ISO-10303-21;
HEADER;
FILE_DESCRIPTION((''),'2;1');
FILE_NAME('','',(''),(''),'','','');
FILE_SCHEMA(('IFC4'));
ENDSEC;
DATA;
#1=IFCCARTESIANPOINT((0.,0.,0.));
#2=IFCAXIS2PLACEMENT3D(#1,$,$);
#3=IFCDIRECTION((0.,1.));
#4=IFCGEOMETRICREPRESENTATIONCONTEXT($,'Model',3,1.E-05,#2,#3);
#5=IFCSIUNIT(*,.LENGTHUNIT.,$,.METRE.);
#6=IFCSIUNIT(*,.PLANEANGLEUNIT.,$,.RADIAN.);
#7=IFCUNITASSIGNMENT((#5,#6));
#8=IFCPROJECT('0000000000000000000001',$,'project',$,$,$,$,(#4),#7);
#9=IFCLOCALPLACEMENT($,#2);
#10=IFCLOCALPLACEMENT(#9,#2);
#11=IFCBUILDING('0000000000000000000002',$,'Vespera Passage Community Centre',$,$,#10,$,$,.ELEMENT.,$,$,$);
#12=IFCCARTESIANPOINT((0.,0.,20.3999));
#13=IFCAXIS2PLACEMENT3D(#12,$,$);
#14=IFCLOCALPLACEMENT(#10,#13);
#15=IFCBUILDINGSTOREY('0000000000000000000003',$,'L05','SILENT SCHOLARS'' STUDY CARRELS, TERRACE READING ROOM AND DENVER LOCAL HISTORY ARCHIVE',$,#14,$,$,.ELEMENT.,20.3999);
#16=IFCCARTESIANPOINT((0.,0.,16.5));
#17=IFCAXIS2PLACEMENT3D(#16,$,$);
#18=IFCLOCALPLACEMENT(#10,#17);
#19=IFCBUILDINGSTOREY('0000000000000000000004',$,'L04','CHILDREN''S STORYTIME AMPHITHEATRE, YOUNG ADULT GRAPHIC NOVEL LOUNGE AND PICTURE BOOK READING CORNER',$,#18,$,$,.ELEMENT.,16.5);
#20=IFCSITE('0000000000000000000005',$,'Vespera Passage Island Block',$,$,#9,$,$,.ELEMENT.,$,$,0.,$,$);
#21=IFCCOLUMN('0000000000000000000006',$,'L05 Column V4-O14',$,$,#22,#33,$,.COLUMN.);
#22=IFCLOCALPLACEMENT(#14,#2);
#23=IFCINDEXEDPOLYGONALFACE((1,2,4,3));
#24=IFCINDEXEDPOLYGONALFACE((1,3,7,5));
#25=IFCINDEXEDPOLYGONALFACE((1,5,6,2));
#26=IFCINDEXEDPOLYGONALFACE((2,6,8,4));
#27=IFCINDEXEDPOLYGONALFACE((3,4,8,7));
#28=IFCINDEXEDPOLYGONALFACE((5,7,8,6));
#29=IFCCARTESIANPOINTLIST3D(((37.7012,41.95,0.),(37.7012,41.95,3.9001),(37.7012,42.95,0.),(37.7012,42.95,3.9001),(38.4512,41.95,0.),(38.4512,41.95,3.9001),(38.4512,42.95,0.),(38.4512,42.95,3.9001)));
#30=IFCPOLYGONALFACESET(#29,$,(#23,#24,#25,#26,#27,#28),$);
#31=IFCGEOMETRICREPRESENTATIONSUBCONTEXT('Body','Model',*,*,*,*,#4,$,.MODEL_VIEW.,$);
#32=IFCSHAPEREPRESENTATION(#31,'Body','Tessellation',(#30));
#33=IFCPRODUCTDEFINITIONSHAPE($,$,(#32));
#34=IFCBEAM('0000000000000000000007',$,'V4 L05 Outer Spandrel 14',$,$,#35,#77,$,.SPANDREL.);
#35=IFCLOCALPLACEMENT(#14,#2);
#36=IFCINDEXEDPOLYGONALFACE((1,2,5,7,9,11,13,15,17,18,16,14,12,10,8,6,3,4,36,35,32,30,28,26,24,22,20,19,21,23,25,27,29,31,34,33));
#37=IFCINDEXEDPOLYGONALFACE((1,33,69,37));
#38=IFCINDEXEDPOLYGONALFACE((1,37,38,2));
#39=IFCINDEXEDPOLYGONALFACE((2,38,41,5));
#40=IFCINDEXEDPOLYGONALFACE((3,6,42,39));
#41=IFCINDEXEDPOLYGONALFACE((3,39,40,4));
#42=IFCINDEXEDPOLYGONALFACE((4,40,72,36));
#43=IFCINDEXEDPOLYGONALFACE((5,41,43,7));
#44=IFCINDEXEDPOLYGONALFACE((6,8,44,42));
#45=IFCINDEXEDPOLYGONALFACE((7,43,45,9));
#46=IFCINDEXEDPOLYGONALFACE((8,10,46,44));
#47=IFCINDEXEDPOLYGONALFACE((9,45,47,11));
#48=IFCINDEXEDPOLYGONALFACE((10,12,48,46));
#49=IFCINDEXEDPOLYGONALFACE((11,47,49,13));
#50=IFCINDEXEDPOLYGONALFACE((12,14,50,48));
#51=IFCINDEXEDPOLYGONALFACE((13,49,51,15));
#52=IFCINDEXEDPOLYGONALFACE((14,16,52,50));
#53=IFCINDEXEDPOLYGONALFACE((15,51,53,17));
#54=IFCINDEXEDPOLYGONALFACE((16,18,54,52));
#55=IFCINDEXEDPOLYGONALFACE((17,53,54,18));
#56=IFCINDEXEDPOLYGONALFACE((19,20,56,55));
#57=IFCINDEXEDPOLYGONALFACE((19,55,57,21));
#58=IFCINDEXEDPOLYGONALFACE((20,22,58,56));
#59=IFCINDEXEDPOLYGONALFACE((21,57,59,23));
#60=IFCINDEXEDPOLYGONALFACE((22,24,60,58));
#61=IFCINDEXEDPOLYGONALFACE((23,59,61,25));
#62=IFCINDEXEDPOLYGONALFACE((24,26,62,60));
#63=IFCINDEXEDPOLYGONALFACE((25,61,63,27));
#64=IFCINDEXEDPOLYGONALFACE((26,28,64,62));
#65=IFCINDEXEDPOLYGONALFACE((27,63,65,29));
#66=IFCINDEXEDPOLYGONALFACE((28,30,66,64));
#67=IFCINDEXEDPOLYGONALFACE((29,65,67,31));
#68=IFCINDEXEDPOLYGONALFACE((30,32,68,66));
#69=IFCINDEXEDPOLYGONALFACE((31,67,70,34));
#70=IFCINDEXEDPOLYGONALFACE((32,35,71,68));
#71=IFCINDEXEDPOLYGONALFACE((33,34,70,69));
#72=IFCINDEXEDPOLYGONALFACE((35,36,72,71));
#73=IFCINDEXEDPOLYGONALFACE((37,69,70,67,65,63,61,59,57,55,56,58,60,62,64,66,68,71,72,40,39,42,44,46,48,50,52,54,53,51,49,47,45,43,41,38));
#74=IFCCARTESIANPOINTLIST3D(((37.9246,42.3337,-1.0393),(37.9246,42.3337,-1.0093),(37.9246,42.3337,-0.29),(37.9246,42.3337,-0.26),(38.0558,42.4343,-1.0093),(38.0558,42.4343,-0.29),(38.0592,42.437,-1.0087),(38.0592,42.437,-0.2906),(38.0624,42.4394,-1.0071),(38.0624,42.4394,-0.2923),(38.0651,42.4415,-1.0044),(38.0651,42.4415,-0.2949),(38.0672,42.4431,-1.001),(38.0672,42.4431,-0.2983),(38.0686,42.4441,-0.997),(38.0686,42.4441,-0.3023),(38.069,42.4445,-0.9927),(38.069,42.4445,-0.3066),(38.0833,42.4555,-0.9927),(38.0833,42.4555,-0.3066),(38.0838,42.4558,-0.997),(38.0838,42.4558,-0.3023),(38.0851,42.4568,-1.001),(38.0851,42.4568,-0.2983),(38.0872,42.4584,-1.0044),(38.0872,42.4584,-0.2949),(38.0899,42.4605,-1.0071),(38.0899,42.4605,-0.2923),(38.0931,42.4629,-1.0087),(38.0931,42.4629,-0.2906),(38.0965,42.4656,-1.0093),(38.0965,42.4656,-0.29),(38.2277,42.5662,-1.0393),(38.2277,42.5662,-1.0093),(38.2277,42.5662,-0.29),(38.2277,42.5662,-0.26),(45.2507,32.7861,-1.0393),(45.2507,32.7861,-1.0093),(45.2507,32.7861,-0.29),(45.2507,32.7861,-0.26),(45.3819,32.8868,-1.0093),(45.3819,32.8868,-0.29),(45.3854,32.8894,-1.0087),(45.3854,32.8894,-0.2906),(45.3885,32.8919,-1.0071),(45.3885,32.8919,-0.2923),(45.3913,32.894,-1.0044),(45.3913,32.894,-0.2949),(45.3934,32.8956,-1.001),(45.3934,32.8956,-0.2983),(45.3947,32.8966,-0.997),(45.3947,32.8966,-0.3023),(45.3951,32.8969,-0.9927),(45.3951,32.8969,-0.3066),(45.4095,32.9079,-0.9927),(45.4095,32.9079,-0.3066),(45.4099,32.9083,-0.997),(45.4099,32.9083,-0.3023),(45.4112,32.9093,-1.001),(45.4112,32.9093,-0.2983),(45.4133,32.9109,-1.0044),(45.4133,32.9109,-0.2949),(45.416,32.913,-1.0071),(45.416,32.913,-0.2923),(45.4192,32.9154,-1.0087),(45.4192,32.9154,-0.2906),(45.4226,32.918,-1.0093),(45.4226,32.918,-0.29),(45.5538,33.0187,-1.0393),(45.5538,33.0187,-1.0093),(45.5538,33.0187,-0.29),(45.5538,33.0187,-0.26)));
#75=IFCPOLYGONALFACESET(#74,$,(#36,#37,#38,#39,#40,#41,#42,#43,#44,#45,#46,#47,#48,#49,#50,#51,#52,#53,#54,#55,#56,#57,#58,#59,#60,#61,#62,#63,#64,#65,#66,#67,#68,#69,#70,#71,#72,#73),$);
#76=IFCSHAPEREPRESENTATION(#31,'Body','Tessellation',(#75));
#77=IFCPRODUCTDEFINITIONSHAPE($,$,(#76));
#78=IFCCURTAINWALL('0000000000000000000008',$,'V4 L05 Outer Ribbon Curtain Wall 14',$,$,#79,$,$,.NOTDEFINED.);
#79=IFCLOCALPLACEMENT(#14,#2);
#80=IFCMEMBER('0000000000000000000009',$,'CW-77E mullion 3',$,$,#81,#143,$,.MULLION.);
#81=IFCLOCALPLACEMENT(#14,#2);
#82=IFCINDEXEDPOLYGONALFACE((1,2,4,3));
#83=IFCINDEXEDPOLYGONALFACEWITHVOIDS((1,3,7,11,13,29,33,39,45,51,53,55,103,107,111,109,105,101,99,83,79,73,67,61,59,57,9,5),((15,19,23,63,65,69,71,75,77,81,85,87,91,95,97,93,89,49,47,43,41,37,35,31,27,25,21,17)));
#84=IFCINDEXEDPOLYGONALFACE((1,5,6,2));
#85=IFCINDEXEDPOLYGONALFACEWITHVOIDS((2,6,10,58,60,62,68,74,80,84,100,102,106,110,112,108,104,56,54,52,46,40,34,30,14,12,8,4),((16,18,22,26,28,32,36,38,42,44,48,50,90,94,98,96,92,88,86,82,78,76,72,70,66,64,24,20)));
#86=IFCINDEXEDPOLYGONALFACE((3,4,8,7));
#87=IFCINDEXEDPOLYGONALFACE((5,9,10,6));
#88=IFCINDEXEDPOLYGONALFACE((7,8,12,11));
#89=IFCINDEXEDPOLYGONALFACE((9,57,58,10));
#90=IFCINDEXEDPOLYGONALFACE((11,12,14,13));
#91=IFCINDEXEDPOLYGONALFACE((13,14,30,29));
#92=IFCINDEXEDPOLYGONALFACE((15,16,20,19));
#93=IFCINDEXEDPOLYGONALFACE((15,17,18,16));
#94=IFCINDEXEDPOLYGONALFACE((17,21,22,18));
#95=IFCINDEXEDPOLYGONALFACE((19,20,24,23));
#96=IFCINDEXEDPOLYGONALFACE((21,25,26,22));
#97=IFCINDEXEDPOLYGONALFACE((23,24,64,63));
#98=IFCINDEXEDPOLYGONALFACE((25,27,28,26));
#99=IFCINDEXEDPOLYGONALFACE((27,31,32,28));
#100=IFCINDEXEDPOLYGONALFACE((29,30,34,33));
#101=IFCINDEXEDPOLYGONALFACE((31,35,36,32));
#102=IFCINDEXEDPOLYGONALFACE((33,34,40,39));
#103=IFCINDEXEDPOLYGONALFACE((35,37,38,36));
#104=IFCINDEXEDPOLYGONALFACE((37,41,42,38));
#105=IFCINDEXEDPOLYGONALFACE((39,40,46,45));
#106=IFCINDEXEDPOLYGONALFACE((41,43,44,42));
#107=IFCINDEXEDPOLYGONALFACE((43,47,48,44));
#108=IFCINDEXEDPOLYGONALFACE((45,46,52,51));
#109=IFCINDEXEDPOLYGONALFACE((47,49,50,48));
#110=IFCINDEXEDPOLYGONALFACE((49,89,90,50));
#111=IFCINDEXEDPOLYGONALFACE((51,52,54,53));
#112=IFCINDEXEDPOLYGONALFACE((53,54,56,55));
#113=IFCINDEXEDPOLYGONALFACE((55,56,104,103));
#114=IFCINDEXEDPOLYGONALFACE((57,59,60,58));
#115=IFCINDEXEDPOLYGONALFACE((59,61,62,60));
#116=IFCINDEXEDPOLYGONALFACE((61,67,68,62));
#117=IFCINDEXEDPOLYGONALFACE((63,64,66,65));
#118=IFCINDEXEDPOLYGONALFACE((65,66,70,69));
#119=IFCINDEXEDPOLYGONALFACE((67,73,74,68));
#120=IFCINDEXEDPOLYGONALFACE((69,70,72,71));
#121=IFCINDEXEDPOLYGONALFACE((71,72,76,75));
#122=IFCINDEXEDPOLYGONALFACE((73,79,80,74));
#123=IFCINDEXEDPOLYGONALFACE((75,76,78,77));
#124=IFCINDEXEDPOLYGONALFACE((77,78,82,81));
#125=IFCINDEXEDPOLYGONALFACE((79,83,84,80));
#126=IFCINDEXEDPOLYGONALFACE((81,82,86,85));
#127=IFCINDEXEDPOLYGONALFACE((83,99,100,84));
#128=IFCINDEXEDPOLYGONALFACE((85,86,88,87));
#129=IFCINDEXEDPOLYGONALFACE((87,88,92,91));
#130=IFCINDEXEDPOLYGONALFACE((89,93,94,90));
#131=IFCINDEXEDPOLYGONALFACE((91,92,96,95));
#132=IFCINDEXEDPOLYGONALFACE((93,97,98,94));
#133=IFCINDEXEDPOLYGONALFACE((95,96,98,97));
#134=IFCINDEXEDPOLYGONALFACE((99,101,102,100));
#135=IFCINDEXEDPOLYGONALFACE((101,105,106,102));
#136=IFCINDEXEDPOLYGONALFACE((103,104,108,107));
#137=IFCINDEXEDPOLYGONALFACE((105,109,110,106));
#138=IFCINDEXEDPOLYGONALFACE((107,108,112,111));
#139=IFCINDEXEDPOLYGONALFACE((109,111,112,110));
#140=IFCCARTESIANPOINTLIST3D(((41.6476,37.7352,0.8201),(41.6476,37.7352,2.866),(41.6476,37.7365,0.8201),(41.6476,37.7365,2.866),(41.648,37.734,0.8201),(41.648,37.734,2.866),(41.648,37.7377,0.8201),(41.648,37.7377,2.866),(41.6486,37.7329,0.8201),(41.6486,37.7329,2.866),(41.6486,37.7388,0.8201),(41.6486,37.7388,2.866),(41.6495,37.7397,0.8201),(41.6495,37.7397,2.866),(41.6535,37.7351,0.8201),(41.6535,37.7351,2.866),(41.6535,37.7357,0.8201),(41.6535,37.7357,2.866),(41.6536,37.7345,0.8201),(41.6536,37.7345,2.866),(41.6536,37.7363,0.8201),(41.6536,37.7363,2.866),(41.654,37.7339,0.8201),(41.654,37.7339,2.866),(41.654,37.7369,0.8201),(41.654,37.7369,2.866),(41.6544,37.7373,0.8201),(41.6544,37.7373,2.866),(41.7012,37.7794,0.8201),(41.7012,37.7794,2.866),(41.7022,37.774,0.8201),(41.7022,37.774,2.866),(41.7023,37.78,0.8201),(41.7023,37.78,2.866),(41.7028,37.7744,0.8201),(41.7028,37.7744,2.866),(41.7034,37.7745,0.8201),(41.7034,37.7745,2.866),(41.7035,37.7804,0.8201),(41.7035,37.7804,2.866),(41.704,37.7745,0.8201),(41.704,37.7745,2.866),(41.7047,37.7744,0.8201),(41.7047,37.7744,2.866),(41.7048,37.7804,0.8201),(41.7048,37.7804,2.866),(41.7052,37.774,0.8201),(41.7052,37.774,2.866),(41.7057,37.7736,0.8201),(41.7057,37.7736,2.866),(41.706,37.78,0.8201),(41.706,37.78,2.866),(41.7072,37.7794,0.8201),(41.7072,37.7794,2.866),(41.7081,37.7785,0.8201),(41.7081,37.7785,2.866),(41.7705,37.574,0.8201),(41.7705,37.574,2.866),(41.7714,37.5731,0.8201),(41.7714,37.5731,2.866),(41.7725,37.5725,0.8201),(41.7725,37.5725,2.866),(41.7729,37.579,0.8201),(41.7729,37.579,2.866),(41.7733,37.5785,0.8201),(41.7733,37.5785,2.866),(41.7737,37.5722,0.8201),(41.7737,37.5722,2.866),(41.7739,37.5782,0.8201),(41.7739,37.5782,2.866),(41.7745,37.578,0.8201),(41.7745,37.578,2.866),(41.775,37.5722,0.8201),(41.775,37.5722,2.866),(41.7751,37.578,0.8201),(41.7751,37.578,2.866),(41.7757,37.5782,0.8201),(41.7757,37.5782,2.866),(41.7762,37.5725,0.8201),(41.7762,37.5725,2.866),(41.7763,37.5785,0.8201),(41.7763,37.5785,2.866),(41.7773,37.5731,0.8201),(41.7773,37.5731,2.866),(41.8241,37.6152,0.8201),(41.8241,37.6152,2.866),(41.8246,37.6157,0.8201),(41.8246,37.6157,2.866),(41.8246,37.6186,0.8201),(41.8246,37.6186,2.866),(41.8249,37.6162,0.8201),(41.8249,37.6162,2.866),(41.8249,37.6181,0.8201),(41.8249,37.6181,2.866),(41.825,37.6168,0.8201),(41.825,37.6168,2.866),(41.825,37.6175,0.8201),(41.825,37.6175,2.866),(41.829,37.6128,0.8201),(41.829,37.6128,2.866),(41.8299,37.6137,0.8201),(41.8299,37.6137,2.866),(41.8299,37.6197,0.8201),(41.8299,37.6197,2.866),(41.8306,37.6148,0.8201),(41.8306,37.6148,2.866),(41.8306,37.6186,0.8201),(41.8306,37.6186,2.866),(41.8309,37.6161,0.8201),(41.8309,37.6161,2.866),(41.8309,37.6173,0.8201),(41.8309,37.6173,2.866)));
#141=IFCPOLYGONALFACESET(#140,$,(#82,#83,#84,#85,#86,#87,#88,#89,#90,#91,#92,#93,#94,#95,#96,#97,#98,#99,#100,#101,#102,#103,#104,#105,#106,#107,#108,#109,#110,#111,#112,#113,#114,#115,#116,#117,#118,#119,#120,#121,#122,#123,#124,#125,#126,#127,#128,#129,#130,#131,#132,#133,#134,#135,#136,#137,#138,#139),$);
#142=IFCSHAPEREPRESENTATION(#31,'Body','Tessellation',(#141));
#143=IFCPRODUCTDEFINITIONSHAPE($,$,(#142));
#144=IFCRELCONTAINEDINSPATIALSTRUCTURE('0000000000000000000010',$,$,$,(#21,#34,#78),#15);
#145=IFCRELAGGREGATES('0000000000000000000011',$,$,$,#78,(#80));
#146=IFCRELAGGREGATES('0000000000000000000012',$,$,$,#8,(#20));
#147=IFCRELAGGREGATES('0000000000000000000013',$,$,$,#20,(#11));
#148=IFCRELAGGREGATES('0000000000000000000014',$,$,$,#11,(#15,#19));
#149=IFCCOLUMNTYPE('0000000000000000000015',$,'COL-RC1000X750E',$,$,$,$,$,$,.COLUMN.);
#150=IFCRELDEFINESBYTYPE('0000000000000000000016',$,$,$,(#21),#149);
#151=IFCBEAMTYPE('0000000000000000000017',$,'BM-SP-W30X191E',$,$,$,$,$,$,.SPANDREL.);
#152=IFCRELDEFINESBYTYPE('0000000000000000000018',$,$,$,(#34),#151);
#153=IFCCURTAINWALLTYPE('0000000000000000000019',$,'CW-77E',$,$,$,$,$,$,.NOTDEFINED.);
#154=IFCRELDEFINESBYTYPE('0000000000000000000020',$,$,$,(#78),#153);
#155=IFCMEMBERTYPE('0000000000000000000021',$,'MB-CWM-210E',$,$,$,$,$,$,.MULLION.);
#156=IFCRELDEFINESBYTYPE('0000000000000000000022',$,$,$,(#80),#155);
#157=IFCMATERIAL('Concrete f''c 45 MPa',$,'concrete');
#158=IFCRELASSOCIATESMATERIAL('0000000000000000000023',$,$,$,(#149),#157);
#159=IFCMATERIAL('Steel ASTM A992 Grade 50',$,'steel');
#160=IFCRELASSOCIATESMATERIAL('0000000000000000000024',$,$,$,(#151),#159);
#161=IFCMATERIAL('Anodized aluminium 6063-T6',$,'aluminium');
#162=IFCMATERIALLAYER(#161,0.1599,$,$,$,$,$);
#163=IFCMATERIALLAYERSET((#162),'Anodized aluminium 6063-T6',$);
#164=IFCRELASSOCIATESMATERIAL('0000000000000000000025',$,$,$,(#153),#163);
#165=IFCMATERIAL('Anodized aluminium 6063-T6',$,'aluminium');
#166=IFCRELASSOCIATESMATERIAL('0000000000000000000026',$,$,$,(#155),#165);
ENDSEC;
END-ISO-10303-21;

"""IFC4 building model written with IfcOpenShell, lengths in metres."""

from ifc_helpers import new_model, si_unit, direction, frame, origin, origin_2d, place, context, subcontext, project, spatial, rectangle, hollow_rectangle, i_section, extrude, material, layer, layer_set, material_profile, profile_set, type_object, element, aggregate, save


model = new_model("IFC4")

# Units and contexts
model_context = context("Model", 3, precision=1e-05, world=origin(), true_north=direction((0.0, 1.0)))
body_context = subcontext(model_context, "Body", "Model", "MODEL_VIEW")
ifc_project = project(units=[si_unit("LENGTHUNIT", "METRE"), si_unit("PLANEANGLEUNIT", "RADIAN")], contexts=[model_context])

# Site, building, storey
site_placement = place(None, origin())
site = spatial("IfcSite", under=ifc_project, at=site_placement, Name="Vespera Passage Island Block", CompositionType="ELEMENT", RefElevation=0.0)
building_placement = place(site_placement, origin())
building = spatial("IfcBuilding", under=site, at=building_placement, Name="Vespera Passage Community Centre", CompositionType="ELEMENT")
storey_1_placement = place(building_placement, frame((0.0, 0.0, 20.3999)))
storey_1 = spatial("IfcBuildingStorey", under=building, at=storey_1_placement, Name="L05", Description="SILENT SCHOLARS' STUDY CARRELS, TERRACE READING ROOM AND DENVER LOCAL HISTORY ARCHIVE", CompositionType="ELEMENT", Elevation=20.3999)

# Column
ifc_material_1 = material(Name="Concrete f'c 45 MPa", Category="concrete")
ifc_material_profile_1 = material_profile(ifc_material_1, rectangle(XDim=0.75, YDim=1.0, at=origin_2d()), Name="RC1000X750")
ifc_profile_set_1 = profile_set([ifc_material_profile_1], Name="Concrete f'c 45 MPa")
column_type = type_object("IfcColumnType", Name="COL-RC1000X750E", PredefinedType="COLUMN", material=ifc_profile_set_1)
column_placement = place(storey_1_placement, frame((38.0762, 42.45, 0.0), z_axis=(0.0, 0.0, 1.0), x_axis=(1.0, 0.0, 0.0)))
element("IfcColumn", 1, at=column_placement, inside=storey_1, type_object=column_type, Name="L05 Column V4-O14", PredefinedType="COLUMN", context=body_context, shape_type="SweptSolid", body=[
    extrude(rectangle(XDim=0.75, YDim=1.0, at=origin_2d()), origin(), (0.0, 0.0, 1.0), 3.9001),
])

# Beam
ifc_material_2 = material(Name="Steel ASTM A992 Grade 50", Category="steel")
ifc_material_profile_2 = material_profile(ifc_material_2, i_section(OverallWidth=0.3821, OverallDepth=0.7793, WebThickness=0.0181, FlangeThickness=0.03, FilletRadius=0.0166, at=origin_2d()), Name="W30X191")
ifc_profile_set_2 = profile_set([ifc_material_profile_2], Name="Steel ASTM A992 Grade 50")
beam_type = type_object("IfcBeamType", Name="BM-SP-W30X191E", PredefinedType="SPANDREL", material=ifc_profile_set_2)
beam_placement = place(storey_1_placement, frame((38.0762, 42.45, -0.6497), z_axis=(0.608763, -0.793352, 0.0), x_axis=(0.793352, 0.608763, 0.0)))
element("IfcBeam", 2, at=beam_placement, inside=storey_1, type_object=beam_type, Name="V4 L05 Outer Spandrel 14", PredefinedType="SPANDREL", context=body_context, shape_type="SweptSolid", body=[
    extrude(i_section(OverallWidth=0.3821, OverallDepth=0.7793, WebThickness=0.0181, FlangeThickness=0.03, FilletRadius=0.0166, at=origin_2d()), origin(), (0.0, 0.0, 1.0), 12.0344),
])

# Curtain wall, member
ifc_material_3 = material(Name="Anodized aluminium 6063-T6", Category="aluminium")
ifc_layer_1 = layer(ifc_material_3, 0.1599)
ifc_layer_set_1 = layer_set([ifc_layer_1], Name="Anodized aluminium 6063-T6")
curtain_wall_type = type_object("IfcCurtainWallType", Name="CW-77E", PredefinedType="NOTDEFINED", material=ifc_layer_set_1)
curtain_wall_placement = place(storey_1_placement, origin())
curtain_wall = element("IfcCurtainWall", 3, at=curtain_wall_placement, inside=storey_1, type_object=curtain_wall_type, Name="V4 L05 Outer Ribbon Curtain Wall 14", PredefinedType="NOTDEFINED")
ifc_material_4 = material(Name="Anodized aluminium 6063-T6", Category="aluminium")
ifc_material_profile_3 = material_profile(ifc_material_4, hollow_rectangle(XDim=0.075, YDim=0.21, WallThickness=0.0049, InnerFilletRadius=0.0024, OuterFilletRadius=0.0049, at=origin_2d()), Name="ALU210X75X5")
ifc_profile_set_3 = profile_set([ifc_material_profile_3], Name="Anodized aluminium 6063-T6")
member_type_1 = type_object("IfcMemberType", Name="MB-CWM-210E", PredefinedType="MULLION", material=ifc_profile_set_3)
member_1_placement = place(storey_1_placement, frame((41.7393, 37.6763, 0.8201), z_axis=(0.0, 0.0, 1.0), x_axis=(-0.79335, -0.608765, 0.0)))
member_1 = element("IfcMember", 4, at=member_1_placement, type_object=member_type_1, Name="CW-77E mullion 3", PredefinedType="MULLION", context=body_context, shape_type="SweptSolid", body=[
    extrude(hollow_rectangle(XDim=0.075, YDim=0.21, WallThickness=0.0049, InnerFilletRadius=0.0024, OuterFilletRadius=0.0049, at=origin_2d()), origin(), (0.0, 0.0, 1.0), 2.0459),
])
aggregate(curtain_wall, [member_1])

# Shared definitions
storey_2_placement = place(building_placement, frame((0.0, 0.0, 16.5)))
storey_2 = spatial("IfcBuildingStorey", under=building, at=storey_2_placement, Name="L04", Description="CHILDREN'S STORYTIME AMPHITHEATRE, YOUNG ADULT GRAPHIC NOVEL LOUNGE AND PICTURE BOOK READING CORNER", CompositionType="ELEMENT", Elevation=16.5)

save(model, "model.ifc")
